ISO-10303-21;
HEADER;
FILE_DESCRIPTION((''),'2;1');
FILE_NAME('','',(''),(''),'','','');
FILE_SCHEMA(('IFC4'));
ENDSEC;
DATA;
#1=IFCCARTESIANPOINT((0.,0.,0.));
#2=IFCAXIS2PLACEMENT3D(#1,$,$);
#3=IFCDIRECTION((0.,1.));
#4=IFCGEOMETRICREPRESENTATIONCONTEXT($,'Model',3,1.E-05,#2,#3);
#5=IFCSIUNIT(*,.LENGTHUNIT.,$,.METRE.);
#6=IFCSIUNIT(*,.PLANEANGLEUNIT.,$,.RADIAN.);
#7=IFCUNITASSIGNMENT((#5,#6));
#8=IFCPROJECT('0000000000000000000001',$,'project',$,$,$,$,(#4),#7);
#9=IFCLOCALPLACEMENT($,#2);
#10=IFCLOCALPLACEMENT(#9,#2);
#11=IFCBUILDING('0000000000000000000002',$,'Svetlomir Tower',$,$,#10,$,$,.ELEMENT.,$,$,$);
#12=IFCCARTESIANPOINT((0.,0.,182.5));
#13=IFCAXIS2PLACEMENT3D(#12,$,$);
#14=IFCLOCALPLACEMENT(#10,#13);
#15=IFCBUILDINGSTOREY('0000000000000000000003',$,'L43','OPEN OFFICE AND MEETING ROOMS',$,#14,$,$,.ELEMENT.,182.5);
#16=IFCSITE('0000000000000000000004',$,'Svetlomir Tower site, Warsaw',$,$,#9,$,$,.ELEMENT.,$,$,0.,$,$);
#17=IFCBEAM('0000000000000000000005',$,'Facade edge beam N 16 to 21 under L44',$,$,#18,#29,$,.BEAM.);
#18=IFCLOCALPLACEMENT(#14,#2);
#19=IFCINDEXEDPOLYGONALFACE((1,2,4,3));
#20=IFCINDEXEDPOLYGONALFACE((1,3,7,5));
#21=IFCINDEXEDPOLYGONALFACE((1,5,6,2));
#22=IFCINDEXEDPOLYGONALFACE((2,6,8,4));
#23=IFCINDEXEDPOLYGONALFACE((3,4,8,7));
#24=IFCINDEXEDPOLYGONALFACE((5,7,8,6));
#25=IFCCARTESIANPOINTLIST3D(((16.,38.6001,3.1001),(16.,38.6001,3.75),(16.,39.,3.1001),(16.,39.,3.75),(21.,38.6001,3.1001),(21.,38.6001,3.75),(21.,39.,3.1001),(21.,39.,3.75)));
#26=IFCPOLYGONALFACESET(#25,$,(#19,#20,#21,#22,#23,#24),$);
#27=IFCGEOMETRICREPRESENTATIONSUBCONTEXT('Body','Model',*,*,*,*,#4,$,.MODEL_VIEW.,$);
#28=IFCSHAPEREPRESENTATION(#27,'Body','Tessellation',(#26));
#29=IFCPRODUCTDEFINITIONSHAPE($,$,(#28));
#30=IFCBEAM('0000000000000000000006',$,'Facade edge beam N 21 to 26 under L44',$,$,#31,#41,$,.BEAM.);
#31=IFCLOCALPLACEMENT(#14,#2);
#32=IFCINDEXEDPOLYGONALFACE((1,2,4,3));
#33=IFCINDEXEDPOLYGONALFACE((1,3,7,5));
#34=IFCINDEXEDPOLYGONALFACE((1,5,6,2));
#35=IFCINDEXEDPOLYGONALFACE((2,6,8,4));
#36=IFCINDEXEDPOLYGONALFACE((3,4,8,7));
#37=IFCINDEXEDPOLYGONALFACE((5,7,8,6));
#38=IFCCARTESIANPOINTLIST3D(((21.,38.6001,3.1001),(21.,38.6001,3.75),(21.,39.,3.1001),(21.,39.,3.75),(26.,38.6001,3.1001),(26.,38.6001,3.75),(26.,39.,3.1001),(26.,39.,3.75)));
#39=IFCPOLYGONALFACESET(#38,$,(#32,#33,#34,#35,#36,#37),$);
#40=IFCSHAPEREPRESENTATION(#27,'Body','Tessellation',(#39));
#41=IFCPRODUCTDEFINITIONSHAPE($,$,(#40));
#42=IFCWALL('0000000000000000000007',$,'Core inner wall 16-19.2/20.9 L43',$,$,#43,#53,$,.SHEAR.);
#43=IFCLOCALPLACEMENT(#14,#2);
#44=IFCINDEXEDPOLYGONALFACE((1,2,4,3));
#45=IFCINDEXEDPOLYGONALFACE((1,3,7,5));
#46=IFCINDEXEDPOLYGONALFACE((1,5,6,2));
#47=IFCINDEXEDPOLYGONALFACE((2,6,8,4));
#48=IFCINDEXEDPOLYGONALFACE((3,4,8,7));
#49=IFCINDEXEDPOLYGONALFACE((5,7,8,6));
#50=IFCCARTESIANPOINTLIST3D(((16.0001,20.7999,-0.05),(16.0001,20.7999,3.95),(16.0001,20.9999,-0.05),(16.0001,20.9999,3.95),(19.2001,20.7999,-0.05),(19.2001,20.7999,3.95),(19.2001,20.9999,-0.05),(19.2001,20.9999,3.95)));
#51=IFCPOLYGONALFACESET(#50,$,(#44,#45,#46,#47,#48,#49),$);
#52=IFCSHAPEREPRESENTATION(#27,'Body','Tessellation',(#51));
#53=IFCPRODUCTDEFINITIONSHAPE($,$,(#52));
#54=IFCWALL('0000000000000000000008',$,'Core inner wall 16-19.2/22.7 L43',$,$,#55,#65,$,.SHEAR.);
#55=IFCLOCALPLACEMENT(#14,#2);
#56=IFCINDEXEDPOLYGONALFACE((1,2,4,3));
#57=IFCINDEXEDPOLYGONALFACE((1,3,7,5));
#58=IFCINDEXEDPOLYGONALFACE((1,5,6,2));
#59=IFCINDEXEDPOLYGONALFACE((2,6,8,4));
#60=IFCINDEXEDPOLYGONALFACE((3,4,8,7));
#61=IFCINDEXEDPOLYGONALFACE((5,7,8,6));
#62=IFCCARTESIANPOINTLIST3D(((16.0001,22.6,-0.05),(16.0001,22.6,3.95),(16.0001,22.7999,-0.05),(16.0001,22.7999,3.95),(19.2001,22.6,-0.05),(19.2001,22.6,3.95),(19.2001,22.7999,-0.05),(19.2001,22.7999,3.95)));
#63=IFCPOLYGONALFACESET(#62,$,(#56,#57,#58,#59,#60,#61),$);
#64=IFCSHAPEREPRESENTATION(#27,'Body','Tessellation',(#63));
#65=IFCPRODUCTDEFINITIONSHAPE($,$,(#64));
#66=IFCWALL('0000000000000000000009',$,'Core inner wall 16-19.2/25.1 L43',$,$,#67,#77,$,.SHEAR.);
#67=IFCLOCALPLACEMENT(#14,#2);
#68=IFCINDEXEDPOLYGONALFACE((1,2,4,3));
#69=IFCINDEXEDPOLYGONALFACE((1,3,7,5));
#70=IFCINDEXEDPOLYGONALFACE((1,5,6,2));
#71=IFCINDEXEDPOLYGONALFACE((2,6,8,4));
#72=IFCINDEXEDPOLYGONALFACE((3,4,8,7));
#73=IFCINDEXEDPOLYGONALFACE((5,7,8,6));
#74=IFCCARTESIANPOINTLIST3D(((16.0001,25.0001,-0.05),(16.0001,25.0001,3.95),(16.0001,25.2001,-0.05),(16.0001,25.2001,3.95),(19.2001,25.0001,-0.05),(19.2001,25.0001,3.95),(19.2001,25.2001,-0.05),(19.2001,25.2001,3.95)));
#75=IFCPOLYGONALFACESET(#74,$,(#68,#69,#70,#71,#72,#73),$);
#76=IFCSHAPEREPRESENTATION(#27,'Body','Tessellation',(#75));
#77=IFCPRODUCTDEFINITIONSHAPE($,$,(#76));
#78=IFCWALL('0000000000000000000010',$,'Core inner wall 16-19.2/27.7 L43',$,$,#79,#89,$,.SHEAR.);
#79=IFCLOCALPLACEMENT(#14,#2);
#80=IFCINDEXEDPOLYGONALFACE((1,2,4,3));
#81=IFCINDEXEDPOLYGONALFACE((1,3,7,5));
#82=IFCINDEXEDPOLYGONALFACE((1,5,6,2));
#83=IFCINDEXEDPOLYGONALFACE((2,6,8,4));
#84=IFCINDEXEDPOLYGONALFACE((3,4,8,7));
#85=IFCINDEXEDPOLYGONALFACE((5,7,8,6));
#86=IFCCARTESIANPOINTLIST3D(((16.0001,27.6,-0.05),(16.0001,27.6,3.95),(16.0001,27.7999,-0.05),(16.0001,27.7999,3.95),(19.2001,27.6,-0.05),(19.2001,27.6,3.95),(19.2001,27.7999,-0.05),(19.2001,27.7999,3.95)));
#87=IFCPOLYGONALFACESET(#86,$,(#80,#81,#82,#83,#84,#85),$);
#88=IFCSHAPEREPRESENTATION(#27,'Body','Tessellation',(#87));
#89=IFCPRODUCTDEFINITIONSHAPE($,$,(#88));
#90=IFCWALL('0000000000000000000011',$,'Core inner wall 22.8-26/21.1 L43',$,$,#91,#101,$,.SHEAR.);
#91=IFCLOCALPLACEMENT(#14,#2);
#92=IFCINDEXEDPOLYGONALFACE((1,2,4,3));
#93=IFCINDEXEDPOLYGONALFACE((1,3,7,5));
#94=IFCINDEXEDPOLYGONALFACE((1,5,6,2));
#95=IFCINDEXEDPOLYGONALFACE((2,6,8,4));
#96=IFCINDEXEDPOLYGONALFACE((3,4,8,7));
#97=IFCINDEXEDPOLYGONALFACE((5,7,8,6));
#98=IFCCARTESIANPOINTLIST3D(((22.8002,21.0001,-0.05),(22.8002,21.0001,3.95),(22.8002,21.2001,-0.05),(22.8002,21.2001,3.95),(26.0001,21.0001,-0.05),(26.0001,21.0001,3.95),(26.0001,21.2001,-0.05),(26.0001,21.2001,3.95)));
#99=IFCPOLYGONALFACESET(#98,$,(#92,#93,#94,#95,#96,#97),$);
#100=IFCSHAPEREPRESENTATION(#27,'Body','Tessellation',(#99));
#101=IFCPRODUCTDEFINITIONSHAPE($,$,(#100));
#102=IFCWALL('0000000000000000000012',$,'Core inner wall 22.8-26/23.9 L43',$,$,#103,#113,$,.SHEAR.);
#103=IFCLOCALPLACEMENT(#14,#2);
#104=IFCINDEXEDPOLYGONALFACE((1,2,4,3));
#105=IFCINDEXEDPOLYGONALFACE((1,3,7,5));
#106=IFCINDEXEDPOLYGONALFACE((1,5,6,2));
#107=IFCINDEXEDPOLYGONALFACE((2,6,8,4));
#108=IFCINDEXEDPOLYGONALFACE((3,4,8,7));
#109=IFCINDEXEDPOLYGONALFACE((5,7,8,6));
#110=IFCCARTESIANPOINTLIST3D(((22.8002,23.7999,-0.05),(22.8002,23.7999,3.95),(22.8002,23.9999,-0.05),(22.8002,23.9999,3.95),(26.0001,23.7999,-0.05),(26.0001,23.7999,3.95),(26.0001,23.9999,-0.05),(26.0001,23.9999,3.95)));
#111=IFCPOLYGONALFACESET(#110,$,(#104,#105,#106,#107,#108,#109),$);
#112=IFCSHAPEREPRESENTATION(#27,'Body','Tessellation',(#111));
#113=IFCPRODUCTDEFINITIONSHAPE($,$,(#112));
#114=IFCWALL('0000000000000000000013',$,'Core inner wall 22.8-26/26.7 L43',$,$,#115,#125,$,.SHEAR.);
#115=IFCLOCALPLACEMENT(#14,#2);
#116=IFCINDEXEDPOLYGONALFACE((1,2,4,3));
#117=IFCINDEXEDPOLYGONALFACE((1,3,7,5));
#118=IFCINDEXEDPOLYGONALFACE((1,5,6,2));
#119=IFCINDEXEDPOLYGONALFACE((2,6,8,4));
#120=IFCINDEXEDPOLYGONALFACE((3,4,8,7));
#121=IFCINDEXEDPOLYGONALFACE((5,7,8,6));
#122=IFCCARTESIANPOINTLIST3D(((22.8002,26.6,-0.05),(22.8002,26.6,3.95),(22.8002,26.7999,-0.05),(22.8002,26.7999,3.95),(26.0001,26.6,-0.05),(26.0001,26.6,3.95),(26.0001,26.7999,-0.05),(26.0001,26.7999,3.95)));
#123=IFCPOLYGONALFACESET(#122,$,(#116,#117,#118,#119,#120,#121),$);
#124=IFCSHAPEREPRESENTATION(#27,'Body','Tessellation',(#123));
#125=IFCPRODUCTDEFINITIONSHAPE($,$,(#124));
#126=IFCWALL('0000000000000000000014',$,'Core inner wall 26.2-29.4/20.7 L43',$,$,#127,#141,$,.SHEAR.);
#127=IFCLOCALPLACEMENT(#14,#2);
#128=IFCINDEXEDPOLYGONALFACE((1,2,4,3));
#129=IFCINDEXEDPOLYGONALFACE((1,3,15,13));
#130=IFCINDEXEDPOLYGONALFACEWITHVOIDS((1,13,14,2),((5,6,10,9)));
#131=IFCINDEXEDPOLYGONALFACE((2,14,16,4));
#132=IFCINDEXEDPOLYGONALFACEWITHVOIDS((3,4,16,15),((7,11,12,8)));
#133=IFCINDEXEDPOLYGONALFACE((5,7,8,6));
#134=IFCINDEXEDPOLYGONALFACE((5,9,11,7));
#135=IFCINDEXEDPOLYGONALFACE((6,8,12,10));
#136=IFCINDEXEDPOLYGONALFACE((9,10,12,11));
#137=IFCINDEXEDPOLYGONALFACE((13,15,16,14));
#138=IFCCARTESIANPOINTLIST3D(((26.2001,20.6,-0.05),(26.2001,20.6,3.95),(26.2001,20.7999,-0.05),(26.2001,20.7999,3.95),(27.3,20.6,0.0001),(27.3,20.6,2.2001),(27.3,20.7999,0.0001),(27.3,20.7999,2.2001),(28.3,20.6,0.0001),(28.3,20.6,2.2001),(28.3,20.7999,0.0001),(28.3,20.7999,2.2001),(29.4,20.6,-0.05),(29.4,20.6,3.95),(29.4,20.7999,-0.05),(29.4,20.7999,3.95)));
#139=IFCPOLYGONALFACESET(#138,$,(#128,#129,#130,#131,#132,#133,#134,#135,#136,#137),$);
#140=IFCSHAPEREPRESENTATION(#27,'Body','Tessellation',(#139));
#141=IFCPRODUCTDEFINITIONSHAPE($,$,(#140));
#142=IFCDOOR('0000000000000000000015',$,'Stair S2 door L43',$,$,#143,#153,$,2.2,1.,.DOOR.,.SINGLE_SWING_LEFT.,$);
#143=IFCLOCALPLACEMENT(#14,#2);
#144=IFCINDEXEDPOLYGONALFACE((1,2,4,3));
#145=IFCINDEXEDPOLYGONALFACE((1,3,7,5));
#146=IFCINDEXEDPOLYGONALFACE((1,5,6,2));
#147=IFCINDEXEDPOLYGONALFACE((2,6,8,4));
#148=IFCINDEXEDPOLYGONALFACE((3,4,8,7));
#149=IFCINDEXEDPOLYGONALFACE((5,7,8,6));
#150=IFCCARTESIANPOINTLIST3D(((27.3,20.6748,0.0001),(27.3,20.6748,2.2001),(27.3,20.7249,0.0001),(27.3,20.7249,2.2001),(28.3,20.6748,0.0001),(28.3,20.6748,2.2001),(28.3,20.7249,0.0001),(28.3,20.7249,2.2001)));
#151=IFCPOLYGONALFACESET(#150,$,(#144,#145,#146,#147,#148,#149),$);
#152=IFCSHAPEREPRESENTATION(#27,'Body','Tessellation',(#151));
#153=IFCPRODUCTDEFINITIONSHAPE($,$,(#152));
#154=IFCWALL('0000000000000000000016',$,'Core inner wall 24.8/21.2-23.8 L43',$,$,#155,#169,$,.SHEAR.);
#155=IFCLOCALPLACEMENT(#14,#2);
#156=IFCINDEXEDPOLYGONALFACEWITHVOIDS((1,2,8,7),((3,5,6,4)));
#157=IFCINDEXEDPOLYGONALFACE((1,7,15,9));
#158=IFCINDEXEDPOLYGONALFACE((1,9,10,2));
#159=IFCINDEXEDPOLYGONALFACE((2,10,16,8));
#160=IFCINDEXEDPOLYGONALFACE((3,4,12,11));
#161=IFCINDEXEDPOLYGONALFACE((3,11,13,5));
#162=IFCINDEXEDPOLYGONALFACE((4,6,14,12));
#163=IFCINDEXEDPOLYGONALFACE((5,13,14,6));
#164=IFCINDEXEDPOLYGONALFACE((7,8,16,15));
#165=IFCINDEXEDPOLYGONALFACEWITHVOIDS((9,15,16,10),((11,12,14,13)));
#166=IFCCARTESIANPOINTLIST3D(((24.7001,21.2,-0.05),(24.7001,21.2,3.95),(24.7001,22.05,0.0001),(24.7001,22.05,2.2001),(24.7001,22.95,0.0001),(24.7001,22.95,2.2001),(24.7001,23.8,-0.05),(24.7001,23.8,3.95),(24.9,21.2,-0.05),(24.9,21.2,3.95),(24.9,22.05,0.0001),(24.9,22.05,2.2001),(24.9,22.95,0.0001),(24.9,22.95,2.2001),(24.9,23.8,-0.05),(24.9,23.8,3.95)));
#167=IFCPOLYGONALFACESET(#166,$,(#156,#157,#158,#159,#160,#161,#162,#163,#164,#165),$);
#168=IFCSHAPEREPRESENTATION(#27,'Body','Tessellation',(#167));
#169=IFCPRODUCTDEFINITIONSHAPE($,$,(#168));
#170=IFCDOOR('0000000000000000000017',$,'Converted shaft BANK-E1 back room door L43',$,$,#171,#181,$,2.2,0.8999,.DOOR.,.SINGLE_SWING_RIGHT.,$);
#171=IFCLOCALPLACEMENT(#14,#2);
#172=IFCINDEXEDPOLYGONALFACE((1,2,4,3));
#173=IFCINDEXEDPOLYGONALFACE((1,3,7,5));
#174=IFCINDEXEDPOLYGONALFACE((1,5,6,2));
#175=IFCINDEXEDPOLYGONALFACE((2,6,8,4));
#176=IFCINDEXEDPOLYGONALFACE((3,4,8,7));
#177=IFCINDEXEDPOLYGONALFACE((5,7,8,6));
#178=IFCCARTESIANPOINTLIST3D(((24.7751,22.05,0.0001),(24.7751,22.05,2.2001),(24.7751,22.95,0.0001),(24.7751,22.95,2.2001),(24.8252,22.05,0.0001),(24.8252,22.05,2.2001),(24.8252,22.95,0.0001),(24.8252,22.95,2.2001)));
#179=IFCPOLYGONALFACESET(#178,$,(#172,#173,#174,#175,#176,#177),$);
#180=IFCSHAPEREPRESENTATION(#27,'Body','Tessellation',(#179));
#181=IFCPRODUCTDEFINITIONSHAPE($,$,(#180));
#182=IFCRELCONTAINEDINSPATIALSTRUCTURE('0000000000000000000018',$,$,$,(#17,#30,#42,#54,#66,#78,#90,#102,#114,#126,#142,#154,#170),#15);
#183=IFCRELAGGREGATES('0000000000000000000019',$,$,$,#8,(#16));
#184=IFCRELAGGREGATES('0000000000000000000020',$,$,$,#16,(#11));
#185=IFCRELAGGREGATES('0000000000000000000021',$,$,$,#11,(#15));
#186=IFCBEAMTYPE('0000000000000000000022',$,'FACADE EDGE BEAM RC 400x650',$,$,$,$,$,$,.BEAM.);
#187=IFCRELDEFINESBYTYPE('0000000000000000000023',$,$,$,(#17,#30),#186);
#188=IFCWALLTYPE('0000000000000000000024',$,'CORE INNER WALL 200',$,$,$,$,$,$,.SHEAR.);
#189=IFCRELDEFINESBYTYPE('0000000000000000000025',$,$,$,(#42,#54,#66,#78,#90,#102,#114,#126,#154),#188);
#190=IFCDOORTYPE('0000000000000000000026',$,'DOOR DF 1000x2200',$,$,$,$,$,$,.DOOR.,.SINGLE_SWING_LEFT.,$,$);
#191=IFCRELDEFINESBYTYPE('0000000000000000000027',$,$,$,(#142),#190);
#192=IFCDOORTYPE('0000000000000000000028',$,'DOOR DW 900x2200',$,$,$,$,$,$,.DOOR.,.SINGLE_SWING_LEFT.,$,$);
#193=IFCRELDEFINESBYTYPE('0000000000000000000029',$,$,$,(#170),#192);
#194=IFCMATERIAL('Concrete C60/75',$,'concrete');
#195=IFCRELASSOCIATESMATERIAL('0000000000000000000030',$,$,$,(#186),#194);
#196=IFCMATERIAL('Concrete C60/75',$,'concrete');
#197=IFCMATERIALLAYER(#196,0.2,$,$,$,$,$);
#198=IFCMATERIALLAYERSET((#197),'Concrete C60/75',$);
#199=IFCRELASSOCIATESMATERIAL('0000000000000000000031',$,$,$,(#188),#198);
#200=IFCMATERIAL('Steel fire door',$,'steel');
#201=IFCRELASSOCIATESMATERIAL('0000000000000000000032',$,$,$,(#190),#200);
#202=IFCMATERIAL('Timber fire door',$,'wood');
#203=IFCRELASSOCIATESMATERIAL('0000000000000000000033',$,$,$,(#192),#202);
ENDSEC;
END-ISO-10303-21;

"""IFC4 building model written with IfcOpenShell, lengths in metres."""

from ifc_helpers import new_model, si_unit, direction, frame, frame_2d, origin, origin_2d, place, context, subcontext, project, spatial, rectangle, extrude, material, layer, layer_set, material_profile, profile_set, type_object, element, fill, save


model = new_model("IFC4")

# Units and contexts
model_context = context("Model", 3, precision=1e-05, world=origin(), true_north=direction((0.0, 1.0)))
body_context = subcontext(model_context, "Body", "Model", "MODEL_VIEW")
ifc_project = project(units=[si_unit("LENGTHUNIT", "METRE"), si_unit("PLANEANGLEUNIT", "RADIAN")], contexts=[model_context])

# Site, building, storey
site_placement = place(None, origin())
site = spatial("IfcSite", under=ifc_project, at=site_placement, Name="Svetlomir Tower site, Warsaw", CompositionType="ELEMENT", RefElevation=0.0)
building_placement = place(site_placement, origin())
building = spatial("IfcBuilding", under=site, at=building_placement, Name="Svetlomir Tower", CompositionType="ELEMENT")
storey_placement = place(building_placement, frame((0.0, 0.0, 182.5)))
storey = spatial("IfcBuildingStorey", under=building, at=storey_placement, Name="L43", Description="OPEN OFFICE AND MEETING ROOMS", CompositionType="ELEMENT", Elevation=182.5)

# Beams
ifc_material_1 = material(Name="Concrete C60/75", Category="concrete")
ifc_material_profile = material_profile(ifc_material_1, rectangle(XDim=0.3999, YDim=0.6499, at=origin_2d()), Name="RC 400x650")
ifc_profile_set = profile_set([ifc_material_profile], Name="Concrete C60/75")
beam_type = type_object("IfcBeamType", Name="FACADE EDGE BEAM RC 400x650", PredefinedType="BEAM", material=ifc_profile_set)
for number, where, z_axis, x_axis, name in (
    (1, (16.0, 38.8, 3.425), (1.0, 0.0, 0.0), (0.0, 1.0, 0.0), "Facade edge beam N 16 to 21 under L44"),
    (2, (21.0, 38.8, 3.425), (1.0, 0.0, 0.0), (0.0, 1.0, 0.0), "Facade edge beam N 21 to 26 under L44"),
):
    element("IfcBeam", number, at=place(storey_placement, frame(where, z_axis=z_axis, x_axis=x_axis)), inside=storey, type_object=beam_type, Name=name, PredefinedType="BEAM", context=body_context, shape_type="SweptSolid", body=[
        extrude(rectangle(XDim=0.3999, YDim=0.6499, at=origin_2d()), origin(), (0.0, 0.0, 1.0), 5.0),
    ])

# Walls
ifc_material_2 = material(Name="Concrete C60/75", Category="concrete")
ifc_layer_1 = layer(ifc_material_2, 0.2)
ifc_layer_set_1 = layer_set([ifc_layer_1], Name="Concrete C60/75")
wall_type_1 = type_object("IfcWallType", Name="CORE INNER WALL 200", PredefinedType="SHEAR", material=ifc_layer_set_1)
for number, where, z_axis, x_axis, name in (
    (3, (16.0, 20.8999, -0.05), (0.0, 0.0, 1.0), (1.0, 0.0, 0.0), "Core inner wall 16-19.2/20.9 L43"),
    (4, (16.0, 22.7, -0.05), (0.0, 0.0, 1.0), (1.0, 0.0, 0.0), "Core inner wall 16-19.2/22.7 L43"),
    (5, (16.0, 25.1001, -0.05), (0.0, 0.0, 1.0), (1.0, 0.0, 0.0), "Core inner wall 16-19.2/25.1 L43"),
    (6, (16.0, 27.7, -0.05), (0.0, 0.0, 1.0), (1.0, 0.0, 0.0), "Core inner wall 16-19.2/27.7 L43"),
    (7, (22.8, 21.1001, -0.05), (0.0, 0.0, 1.0), (1.0, 0.0, 0.0), "Core inner wall 22.8-26/21.1 L43"),
    (8, (22.8, 23.8999, -0.05), (0.0, 0.0, 1.0), (1.0, 0.0, 0.0), "Core inner wall 22.8-26/23.9 L43"),
    (9, (22.8, 26.7, -0.05), (0.0, 0.0, 1.0), (1.0, 0.0, 0.0), "Core inner wall 22.8-26/26.7 L43"),
):
    element("IfcWall", number, at=place(storey_placement, frame(where, z_axis=z_axis, x_axis=x_axis)), inside=storey, type_object=wall_type_1, Name=name, PredefinedType="SHEAR", context=body_context, shape_type="SweptSolid", body=[
        extrude(rectangle(XDim=3.2, YDim=0.2, at=frame_2d((1.6001, 0.0))), origin(), (0.0, 0.0, 1.0), 4.0),
    ])

# Walls, openings, doors
wall_1_placement = place(storey_placement, frame((26.2, 20.7, -0.05), z_axis=(0.0, 0.0, 1.0), x_axis=(1.0, 0.0, 0.0)))
wall_1 = element("IfcWall", 10, at=wall_1_placement, inside=storey, type_object=wall_type_1, Name="Core inner wall 26.2-29.4/20.7 L43", PredefinedType="SHEAR", context=body_context, shape_type="SweptSolid", body=[
    extrude(rectangle(XDim=3.2, YDim=0.2, at=frame_2d((1.6001, 0.0))), origin(), (0.0, 0.0, 1.0), 4.0),
])
opening_1_placement = place(wall_1_placement, frame((1.1001, 0.0, 0.05)))
opening_1 = element("IfcOpeningElement", 11, at=opening_1_placement, cuts=wall_1, PredefinedType="OPENING", context=body_context, shape_type="SweptSolid", body=[
    extrude(rectangle(XDim=1.0, YDim=2.2, at=frame_2d((0.5, 1.1001))), frame((0.0, 0.1099, 0.0), z_axis=(0.0, -1.0, 0.0), x_axis=(1.0, 0.0, 0.0)), (0.0, 0.0, 1.0), 0.22),
])
ifc_material_3 = material(Name="Steel fire door", Category="steel")
door_type_1 = type_object("IfcDoorType", Name="DOOR DF 1000x2200", OperationType="SINGLE_SWING_LEFT", PredefinedType="DOOR", material=ifc_material_3)
door_1_placement = place(opening_1_placement, origin())
door_1 = element("IfcDoor", 12, at=door_1_placement, inside=storey, type_object=door_type_1, Name="Stair S2 door L43", OperationType="SINGLE_SWING_LEFT", OverallHeight=2.2, OverallWidth=1.0, PredefinedType="DOOR", context=body_context, shape_type="SweptSolid", body=[
    extrude(rectangle(XDim=1.0, YDim=2.2, at=frame_2d((0.5, 1.1001))), frame((0.0, 0.0249, 0.0), z_axis=(0.0, -1.0, 0.0), x_axis=(1.0, 0.0, 0.0)), (0.0, 0.0, 1.0), 0.05),
])
fill(opening_1, door_1)
wall_2_placement = place(storey_placement, frame((24.8, 21.2, -0.05), z_axis=(0.0, 0.0, 1.0), x_axis=(0.0, 1.0, 0.0)))
wall_2 = element("IfcWall", 13, at=wall_2_placement, inside=storey, type_object=wall_type_1, Name="Core inner wall 24.8/21.2-23.8 L43", PredefinedType="SHEAR", context=body_context, shape_type="SweptSolid", body=[
    extrude(rectangle(XDim=2.6001, YDim=0.2, at=frame_2d((1.3, 0.0))), origin(), (0.0, 0.0, 1.0), 4.0),
])
opening_2_placement = place(wall_2_placement, frame((0.8501, 0.0, 0.05)))
opening_2 = element("IfcOpeningElement", 14, at=opening_2_placement, cuts=wall_2, PredefinedType="OPENING", context=body_context, shape_type="SweptSolid", body=[
    extrude(rectangle(XDim=0.8999, YDim=2.2, at=frame_2d((0.45, 1.1001))), frame((0.0, 0.1099, 0.0), z_axis=(0.0, -1.0, 0.0), x_axis=(1.0, 0.0, 0.0)), (0.0, 0.0, 1.0), 0.22),
])
ifc_material_4 = material(Name="Timber fire door", Category="wood")
door_type_2 = type_object("IfcDoorType", Name="DOOR DW 900x2200", OperationType="SINGLE_SWING_LEFT", PredefinedType="DOOR", material=ifc_material_4)
door_2_placement = place(opening_2_placement, origin())
door_2 = element("IfcDoor", 15, at=door_2_placement, inside=storey, type_object=door_type_2, Name="Converted shaft BANK-E1 back room door L43", OperationType="SINGLE_SWING_RIGHT", OverallHeight=2.2, OverallWidth=0.8999, PredefinedType="DOOR", context=body_context, shape_type="SweptSolid", body=[
    extrude(rectangle(XDim=0.8999, YDim=2.2, at=frame_2d((0.45, 1.1001))), frame((0.0, 0.0249, 0.0), z_axis=(0.0, -1.0, 0.0), x_axis=(1.0, 0.0, 0.0)), (0.0, 0.0, 1.0), 0.05),
])
fill(opening_2, door_2)

save(model, "model.ifc")
